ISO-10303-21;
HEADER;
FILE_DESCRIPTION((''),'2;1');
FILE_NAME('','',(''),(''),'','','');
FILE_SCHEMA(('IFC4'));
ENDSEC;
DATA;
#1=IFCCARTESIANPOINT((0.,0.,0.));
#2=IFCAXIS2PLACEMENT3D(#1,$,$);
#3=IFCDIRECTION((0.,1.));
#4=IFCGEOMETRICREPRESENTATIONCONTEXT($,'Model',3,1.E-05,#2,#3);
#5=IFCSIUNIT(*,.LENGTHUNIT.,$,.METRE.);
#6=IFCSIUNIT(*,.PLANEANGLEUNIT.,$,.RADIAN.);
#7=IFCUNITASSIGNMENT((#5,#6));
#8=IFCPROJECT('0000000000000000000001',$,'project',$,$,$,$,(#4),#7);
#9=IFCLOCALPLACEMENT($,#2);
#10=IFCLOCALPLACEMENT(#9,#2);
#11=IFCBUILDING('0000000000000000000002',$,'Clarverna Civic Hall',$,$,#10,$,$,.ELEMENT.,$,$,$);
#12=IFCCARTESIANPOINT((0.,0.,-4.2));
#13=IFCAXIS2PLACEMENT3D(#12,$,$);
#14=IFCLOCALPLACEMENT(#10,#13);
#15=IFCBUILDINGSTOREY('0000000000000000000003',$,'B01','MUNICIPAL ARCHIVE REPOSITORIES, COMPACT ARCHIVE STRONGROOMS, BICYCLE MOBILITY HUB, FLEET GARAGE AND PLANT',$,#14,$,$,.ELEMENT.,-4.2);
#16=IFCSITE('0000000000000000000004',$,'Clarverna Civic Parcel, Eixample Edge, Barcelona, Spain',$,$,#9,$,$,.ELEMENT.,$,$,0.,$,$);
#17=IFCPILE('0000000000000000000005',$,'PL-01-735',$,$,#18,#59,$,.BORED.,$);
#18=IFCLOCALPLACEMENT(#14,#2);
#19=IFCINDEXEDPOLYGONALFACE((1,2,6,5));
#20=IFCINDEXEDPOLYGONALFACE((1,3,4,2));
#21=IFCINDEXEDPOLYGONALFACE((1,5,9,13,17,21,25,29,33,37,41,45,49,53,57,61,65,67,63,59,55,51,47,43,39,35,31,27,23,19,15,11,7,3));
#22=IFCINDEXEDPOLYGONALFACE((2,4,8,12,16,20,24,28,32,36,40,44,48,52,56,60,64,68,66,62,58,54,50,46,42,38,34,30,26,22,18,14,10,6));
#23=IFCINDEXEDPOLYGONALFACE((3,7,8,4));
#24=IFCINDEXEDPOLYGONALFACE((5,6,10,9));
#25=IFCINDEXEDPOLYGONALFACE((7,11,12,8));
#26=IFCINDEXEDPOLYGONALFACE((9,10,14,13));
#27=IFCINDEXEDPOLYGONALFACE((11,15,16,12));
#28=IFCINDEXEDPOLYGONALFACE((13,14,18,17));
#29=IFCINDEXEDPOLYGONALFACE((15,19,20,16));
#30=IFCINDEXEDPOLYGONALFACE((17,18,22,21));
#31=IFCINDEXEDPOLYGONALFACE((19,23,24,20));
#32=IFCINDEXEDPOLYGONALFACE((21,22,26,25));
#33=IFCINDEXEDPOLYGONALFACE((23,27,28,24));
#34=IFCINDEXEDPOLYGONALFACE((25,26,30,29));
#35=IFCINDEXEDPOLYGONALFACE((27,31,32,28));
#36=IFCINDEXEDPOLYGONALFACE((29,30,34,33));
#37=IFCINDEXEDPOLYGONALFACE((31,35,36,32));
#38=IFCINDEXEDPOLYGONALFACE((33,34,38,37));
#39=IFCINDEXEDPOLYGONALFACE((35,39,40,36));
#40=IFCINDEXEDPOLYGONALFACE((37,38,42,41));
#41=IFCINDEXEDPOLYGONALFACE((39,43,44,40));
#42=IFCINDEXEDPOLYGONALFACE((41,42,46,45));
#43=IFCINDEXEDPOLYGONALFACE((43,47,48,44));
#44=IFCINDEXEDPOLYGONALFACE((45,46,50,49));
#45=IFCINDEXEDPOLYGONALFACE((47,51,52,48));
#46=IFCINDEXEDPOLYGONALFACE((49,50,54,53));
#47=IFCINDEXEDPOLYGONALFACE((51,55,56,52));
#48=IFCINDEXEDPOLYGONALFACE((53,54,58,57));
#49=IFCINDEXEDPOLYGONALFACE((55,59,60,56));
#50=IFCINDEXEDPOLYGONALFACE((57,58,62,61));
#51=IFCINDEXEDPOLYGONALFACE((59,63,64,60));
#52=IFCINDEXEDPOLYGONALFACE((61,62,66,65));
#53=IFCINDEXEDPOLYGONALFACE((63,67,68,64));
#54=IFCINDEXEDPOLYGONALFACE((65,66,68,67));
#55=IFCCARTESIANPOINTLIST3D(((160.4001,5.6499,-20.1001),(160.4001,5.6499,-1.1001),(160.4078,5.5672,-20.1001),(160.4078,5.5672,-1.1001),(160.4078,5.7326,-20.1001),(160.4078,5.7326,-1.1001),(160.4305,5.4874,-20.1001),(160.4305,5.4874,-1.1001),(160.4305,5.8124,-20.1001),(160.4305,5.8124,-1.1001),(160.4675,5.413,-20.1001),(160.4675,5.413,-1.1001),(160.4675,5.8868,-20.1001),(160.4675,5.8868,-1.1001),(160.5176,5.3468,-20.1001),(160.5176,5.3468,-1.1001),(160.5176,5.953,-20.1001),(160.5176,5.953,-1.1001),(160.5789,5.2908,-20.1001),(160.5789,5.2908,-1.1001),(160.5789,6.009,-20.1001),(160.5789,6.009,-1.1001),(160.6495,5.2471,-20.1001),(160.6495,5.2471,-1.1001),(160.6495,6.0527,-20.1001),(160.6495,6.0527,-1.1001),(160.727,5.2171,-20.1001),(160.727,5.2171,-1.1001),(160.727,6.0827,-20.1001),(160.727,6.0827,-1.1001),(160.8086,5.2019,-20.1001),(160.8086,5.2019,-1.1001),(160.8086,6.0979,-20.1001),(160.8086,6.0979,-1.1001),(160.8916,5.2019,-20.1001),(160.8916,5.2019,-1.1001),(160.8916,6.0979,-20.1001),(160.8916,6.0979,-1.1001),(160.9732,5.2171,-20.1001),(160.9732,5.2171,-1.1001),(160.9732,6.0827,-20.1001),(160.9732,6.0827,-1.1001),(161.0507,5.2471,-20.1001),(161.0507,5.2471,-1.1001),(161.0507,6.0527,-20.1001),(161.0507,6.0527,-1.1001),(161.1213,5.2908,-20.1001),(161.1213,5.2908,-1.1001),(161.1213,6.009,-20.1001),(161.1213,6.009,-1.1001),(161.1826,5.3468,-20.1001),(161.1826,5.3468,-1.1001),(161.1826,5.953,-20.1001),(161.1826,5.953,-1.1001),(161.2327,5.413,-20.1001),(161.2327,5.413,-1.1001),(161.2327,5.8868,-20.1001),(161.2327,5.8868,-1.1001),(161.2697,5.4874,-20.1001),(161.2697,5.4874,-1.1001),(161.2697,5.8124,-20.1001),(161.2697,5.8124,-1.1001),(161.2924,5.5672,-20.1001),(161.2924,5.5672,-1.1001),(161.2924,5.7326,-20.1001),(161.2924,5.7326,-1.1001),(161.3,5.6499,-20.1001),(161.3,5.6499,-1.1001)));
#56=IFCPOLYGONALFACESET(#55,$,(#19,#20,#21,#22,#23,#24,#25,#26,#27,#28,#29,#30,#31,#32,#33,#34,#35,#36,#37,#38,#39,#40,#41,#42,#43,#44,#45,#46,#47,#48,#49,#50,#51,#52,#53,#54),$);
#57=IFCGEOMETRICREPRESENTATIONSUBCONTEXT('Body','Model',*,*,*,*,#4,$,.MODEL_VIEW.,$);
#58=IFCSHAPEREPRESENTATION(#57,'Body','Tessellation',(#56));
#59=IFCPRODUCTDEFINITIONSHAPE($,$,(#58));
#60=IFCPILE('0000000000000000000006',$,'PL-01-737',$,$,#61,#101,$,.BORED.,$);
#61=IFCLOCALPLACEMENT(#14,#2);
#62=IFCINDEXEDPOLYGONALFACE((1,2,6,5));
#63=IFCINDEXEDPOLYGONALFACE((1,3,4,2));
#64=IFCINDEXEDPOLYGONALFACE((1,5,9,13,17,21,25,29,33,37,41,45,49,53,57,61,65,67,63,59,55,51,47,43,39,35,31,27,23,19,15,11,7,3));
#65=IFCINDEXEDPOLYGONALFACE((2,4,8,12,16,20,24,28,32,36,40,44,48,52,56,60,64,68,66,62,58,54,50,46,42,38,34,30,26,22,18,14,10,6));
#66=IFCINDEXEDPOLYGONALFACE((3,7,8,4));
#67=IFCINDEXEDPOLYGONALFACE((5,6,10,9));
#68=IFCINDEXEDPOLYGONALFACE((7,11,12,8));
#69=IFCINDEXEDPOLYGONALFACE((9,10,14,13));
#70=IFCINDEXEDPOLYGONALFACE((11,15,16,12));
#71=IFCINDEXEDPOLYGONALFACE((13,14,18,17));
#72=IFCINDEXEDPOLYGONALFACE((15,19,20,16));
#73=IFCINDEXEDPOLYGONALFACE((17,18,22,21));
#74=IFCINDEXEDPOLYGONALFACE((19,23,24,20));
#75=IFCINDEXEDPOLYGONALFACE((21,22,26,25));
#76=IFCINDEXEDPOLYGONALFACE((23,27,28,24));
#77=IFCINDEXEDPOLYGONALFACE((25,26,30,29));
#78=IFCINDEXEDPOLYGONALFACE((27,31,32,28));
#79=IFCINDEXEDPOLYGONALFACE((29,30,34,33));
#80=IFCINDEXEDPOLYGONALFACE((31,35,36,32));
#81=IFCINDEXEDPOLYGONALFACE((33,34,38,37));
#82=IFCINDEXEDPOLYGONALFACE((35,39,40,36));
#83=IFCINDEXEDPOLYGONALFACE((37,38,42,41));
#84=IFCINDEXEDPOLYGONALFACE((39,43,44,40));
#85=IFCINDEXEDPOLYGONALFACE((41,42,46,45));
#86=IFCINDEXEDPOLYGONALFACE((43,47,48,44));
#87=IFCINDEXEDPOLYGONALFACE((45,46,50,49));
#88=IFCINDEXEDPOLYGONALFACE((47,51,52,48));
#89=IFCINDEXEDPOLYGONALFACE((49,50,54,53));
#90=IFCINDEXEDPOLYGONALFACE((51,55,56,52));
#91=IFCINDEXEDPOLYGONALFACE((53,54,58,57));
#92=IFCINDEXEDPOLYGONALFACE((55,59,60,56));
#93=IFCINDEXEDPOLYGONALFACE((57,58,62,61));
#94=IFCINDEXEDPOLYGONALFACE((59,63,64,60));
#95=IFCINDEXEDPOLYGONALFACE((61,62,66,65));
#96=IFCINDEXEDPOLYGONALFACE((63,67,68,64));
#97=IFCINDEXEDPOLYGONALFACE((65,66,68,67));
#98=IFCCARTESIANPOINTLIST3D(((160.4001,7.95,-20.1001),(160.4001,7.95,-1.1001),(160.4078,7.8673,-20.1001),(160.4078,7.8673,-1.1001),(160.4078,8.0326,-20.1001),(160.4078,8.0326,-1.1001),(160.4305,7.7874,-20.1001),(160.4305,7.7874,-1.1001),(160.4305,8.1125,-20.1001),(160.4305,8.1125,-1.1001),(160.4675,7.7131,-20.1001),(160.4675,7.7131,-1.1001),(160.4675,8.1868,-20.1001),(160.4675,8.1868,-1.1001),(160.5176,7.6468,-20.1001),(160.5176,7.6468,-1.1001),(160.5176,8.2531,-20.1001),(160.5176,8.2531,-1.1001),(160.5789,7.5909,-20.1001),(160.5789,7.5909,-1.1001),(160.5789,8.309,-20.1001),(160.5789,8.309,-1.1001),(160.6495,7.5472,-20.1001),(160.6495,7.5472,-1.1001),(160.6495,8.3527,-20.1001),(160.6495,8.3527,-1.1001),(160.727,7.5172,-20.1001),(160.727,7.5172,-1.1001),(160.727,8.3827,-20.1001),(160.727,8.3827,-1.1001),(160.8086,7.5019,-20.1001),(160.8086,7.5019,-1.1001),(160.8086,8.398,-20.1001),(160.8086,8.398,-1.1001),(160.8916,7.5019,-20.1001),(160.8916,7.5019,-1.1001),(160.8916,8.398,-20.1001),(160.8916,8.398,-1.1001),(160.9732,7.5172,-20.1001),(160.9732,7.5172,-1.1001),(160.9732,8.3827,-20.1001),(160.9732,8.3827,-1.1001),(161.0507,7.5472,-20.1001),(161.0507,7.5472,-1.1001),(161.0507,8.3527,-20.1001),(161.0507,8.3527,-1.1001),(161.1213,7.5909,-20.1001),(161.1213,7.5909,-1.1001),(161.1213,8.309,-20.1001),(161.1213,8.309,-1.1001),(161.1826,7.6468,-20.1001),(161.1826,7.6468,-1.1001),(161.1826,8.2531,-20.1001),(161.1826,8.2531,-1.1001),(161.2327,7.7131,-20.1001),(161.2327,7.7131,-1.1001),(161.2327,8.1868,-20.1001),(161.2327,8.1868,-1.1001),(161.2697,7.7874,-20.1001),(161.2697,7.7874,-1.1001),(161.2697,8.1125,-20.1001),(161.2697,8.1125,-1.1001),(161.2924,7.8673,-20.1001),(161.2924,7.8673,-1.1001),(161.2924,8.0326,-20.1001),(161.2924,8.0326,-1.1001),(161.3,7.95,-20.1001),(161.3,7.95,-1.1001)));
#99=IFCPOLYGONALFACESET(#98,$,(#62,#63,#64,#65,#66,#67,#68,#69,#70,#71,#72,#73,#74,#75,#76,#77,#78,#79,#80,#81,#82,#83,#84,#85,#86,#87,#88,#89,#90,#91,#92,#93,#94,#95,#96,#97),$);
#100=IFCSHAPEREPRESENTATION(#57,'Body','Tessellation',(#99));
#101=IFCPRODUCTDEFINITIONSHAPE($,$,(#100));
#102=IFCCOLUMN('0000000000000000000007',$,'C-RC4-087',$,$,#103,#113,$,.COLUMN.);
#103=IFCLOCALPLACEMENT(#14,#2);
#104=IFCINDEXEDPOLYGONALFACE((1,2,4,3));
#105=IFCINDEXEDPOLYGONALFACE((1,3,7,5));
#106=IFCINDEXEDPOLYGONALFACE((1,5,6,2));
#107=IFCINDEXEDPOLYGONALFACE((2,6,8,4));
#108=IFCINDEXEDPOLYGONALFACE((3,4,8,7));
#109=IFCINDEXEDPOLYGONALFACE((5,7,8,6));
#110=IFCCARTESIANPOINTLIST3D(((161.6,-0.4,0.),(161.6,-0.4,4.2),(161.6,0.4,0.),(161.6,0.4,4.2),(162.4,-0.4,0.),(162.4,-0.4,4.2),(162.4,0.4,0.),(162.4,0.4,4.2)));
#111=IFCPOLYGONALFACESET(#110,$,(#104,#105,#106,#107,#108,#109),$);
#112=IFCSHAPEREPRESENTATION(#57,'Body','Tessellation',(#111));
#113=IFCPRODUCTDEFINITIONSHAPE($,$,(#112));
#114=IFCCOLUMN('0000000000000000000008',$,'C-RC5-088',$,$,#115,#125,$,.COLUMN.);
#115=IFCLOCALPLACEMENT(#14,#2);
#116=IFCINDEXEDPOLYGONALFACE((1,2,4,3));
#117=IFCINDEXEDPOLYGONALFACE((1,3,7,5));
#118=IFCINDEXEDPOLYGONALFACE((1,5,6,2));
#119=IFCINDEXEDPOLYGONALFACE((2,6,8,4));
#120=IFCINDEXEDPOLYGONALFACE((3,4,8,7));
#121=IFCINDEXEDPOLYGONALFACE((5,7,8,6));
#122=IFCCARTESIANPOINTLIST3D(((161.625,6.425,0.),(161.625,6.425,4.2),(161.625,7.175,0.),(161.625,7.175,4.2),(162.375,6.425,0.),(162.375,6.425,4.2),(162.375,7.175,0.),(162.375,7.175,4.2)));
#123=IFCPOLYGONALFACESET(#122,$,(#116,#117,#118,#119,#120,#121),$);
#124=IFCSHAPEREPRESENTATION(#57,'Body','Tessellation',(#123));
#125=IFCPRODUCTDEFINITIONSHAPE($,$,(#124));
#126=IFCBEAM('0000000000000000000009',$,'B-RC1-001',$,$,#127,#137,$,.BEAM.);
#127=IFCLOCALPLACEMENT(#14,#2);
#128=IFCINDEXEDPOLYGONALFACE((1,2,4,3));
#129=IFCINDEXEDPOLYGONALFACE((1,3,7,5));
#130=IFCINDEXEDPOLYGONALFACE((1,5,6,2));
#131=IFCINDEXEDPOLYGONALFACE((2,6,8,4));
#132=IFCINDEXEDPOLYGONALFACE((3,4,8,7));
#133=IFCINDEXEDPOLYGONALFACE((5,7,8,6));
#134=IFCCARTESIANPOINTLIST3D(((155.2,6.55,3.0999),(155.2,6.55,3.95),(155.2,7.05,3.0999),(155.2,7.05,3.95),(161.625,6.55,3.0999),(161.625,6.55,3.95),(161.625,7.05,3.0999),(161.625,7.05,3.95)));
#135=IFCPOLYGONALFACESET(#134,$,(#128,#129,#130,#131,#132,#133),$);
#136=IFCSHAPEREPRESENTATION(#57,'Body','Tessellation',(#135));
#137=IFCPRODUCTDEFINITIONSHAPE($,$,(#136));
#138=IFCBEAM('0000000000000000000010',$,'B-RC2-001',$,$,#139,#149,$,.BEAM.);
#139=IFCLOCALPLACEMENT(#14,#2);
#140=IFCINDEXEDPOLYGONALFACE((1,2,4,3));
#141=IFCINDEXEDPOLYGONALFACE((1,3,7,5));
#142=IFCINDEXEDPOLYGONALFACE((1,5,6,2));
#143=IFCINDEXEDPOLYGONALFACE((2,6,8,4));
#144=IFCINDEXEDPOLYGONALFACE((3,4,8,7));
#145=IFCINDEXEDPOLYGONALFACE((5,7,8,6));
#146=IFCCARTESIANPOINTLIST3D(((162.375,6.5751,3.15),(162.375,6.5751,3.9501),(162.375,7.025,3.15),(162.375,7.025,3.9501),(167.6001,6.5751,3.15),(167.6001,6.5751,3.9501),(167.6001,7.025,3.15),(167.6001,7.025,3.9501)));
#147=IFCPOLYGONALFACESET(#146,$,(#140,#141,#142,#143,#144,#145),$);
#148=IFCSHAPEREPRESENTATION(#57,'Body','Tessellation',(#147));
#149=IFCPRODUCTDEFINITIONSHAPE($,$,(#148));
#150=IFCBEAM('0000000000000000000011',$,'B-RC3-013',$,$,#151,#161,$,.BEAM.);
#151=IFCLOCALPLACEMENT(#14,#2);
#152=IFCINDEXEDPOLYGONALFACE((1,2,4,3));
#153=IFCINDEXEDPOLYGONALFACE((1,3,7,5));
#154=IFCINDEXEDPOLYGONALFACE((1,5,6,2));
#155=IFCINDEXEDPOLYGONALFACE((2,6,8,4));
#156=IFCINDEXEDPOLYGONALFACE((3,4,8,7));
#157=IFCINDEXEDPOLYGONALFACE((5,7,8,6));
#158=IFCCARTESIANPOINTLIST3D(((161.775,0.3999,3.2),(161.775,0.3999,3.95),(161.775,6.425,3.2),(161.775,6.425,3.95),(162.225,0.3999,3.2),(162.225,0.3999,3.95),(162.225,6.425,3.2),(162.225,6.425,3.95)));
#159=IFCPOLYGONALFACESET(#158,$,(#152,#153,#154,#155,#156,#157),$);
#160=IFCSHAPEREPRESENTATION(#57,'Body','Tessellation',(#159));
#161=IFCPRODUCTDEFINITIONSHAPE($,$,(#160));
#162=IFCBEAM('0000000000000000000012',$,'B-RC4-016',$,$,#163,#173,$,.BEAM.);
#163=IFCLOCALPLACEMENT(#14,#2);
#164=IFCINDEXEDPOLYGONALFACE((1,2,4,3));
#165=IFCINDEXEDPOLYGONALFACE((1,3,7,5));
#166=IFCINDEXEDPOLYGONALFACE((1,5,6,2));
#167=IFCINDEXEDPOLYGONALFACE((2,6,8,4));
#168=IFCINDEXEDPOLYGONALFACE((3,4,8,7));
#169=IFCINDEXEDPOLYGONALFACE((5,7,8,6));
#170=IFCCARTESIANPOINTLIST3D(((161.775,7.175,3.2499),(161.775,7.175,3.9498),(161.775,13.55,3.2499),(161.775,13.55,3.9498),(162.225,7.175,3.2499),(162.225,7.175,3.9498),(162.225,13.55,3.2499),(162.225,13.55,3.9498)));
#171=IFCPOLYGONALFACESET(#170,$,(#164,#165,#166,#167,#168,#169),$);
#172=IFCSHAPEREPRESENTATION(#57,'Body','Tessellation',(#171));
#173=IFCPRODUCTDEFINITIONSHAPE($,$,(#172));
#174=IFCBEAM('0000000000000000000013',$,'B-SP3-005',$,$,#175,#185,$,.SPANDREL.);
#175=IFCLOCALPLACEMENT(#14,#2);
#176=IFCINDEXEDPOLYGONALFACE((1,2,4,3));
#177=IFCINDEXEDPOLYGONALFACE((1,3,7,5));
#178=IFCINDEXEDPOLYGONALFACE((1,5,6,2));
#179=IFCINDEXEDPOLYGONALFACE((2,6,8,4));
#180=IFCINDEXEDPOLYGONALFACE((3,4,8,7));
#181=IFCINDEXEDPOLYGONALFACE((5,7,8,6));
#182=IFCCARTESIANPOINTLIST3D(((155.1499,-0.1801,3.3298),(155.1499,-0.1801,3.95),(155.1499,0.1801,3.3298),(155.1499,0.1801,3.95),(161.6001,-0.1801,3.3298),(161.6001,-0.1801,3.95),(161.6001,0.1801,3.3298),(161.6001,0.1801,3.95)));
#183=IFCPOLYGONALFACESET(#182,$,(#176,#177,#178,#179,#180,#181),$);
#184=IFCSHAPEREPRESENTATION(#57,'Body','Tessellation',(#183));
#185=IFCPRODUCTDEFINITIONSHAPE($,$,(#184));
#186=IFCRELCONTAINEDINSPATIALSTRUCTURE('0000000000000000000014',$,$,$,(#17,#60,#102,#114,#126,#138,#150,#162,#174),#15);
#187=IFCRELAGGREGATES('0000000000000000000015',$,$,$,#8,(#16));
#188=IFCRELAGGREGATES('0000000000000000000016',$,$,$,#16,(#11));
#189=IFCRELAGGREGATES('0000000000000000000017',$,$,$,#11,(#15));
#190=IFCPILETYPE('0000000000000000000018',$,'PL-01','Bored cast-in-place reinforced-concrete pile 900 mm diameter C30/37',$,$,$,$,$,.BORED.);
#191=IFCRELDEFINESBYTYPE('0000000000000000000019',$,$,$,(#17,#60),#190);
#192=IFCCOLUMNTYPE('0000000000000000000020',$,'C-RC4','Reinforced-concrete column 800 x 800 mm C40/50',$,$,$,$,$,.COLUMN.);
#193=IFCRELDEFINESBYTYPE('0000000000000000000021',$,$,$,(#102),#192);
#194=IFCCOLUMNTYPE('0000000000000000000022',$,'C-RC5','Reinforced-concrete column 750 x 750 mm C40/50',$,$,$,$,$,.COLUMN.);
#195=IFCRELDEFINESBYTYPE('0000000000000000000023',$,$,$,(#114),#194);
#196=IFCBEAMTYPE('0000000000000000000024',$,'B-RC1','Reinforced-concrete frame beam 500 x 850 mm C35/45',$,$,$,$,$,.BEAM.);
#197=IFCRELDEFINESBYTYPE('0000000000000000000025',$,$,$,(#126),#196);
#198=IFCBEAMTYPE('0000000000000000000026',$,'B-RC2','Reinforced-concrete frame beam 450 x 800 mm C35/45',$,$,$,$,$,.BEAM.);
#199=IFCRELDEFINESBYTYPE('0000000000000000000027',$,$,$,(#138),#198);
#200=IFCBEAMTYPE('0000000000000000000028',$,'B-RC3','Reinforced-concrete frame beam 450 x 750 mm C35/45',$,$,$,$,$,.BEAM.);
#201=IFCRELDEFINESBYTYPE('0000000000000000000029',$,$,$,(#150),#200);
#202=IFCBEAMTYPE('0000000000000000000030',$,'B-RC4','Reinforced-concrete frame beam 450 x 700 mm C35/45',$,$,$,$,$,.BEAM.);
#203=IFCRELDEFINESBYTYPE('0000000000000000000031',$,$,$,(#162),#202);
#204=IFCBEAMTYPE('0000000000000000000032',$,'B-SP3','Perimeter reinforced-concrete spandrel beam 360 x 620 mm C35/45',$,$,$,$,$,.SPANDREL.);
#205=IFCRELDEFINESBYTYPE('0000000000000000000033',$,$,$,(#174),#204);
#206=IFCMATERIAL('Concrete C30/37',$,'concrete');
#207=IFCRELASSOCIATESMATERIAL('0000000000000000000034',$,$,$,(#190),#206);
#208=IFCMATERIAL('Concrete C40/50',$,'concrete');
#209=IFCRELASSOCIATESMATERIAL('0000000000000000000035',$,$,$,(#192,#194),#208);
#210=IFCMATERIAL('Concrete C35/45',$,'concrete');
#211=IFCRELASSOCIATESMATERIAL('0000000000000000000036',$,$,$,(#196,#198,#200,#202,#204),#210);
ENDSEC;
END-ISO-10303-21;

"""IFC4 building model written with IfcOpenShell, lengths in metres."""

from ifc_helpers import new_model, si_unit, direction, frame, origin, origin_2d, place, context, subcontext, project, spatial, rectangle, circle, extrude, material, material_profile, profile_set, type_object, element, save


model = new_model("IFC4")

# Units and contexts
model_context = context("Model", 3, precision=1e-05, world=origin(), true_north=direction((0.0, 1.0)))
body_context = subcontext(model_context, "Body", "Model", "MODEL_VIEW")
ifc_project = project(units=[si_unit("LENGTHUNIT", "METRE"), si_unit("PLANEANGLEUNIT", "RADIAN")], contexts=[model_context])

# Site, building, storey
site_placement = place(None, origin())
site = spatial("IfcSite", under=ifc_project, at=site_placement, Name="Clarverna Civic Parcel, Eixample Edge, Barcelona, Spain", CompositionType="ELEMENT", RefElevation=0.0)
building_placement = place(site_placement, origin())
building = spatial("IfcBuilding", under=site, at=building_placement, Name="Clarverna Civic Hall", CompositionType="ELEMENT")
storey_placement = place(building_placement, frame((0.0, 0.0, -4.2)))
storey = spatial("IfcBuildingStorey", under=building, at=storey_placement, Name="B01", Description="MUNICIPAL ARCHIVE REPOSITORIES, COMPACT ARCHIVE STRONGROOMS, BICYCLE MOBILITY HUB, FLEET GARAGE AND PLANT", CompositionType="ELEMENT", Elevation=-4.2)

# Shared definitions
ifc_material_1 = material(Name="Concrete C30/37", Category="concrete")

# Piles
ifc_material_profile_1 = material_profile(ifc_material_1, circle(Radius=0.45, at=origin_2d()), Name="BORED PILE D900")
ifc_profile_set_1 = profile_set([ifc_material_profile_1], Name="Concrete C30/37")
pile_type = type_object("IfcPileType", Name="PL-01", Description="Bored cast-in-place reinforced-concrete pile 900 mm diameter C30/37", PredefinedType="BORED", material=ifc_profile_set_1)
for number, where, z_axis, x_axis, name in (
    (1, (160.8501, 5.6499, -1.1001), (0.0, 0.0, -1.0), (1.0, 0.0, 0.0), "PL-01-735"),
    (2, (160.8501, 7.95, -1.1001), (0.0, 0.0, -1.0), (1.0, 0.0, 0.0), "PL-01-737"),
):
    element("IfcPile", number, at=place(storey_placement, frame(where, z_axis=z_axis, x_axis=x_axis)), inside=storey, type_object=pile_type, Name=name, PredefinedType="BORED", context=body_context, shape_type="SweptSolid", body=[
        extrude(circle(Radius=0.45, at=origin_2d()), origin(), (0.0, 0.0, 1.0), 19.0),
    ])

# Columns
ifc_material_2 = material(Name="Concrete C40/50", Category="concrete")
ifc_material_profile_2 = material_profile(ifc_material_2, rectangle(XDim=0.8, YDim=0.8, at=origin_2d()), Name="RC 800x800")
ifc_profile_set_2 = profile_set([ifc_material_profile_2], Name="Concrete C40/50")
column_type_1 = type_object("IfcColumnType", Name="C-RC4", Description="Reinforced-concrete column 800 x 800 mm C40/50", PredefinedType="COLUMN", material=ifc_profile_set_2)
column_1_placement = place(storey_placement, frame((162.0, 0.0, 0.0), z_axis=(0.0, 0.0, 1.0), x_axis=(1.0, 0.0, 0.0)))
element("IfcColumn", 3, at=column_1_placement, inside=storey, type_object=column_type_1, Name="C-RC4-087", PredefinedType="COLUMN", context=body_context, shape_type="SweptSolid", body=[
    extrude(rectangle(XDim=0.8, YDim=0.8, at=origin_2d()), origin(), (0.0, 0.0, 1.0), 4.2),
])
ifc_material_profile_3 = material_profile(ifc_material_2, rectangle(XDim=0.75, YDim=0.75, at=origin_2d()), Name="RC 750x750")
ifc_profile_set_3 = profile_set([ifc_material_profile_3], Name="Concrete C40/50")
column_type_2 = type_object("IfcColumnType", Name="C-RC5", Description="Reinforced-concrete column 750 x 750 mm C40/50", PredefinedType="COLUMN", material=ifc_profile_set_3)
column_2_placement = place(storey_placement, frame((162.0, 6.8, 0.0), z_axis=(0.0, 0.0, 1.0), x_axis=(1.0, 0.0, 0.0)))
element("IfcColumn", 4, at=column_2_placement, inside=storey, type_object=column_type_2, Name="C-RC5-088", PredefinedType="COLUMN", context=body_context, shape_type="SweptSolid", body=[
    extrude(rectangle(XDim=0.75, YDim=0.75, at=origin_2d()), origin(), (0.0, 0.0, 1.0), 4.2),
])

# Beams
ifc_material_3 = material(Name="Concrete C35/45", Category="concrete")
ifc_material_profile_4 = material_profile(ifc_material_3, rectangle(XDim=0.5, YDim=0.8501, at=origin_2d()), Name="RC 500x850")
ifc_profile_set_4 = profile_set([ifc_material_profile_4], Name="Concrete C35/45")
beam_type_1 = type_object("IfcBeamType", Name="B-RC1", Description="Reinforced-concrete frame beam 500 x 850 mm C35/45", PredefinedType="BEAM", material=ifc_profile_set_4)
beam_1_placement = place(storey_placement, frame((155.2, 6.8, 3.5249), z_axis=(1.0, 0.0, 0.0), x_axis=(0.0, 1.0, 0.0)))
element("IfcBeam", 5, at=beam_1_placement, inside=storey, type_object=beam_type_1, Name="B-RC1-001", PredefinedType="BEAM", context=body_context, shape_type="SweptSolid", body=[
    extrude(rectangle(XDim=0.5, YDim=0.8501, at=origin_2d()), origin(), (0.0, 0.0, 1.0), 6.425),
])
ifc_material_profile_5 = material_profile(ifc_material_3, rectangle(XDim=0.45, YDim=0.8, at=origin_2d()), Name="RC 450x800")
ifc_profile_set_5 = profile_set([ifc_material_profile_5], Name="Concrete C35/45")
beam_type_2 = type_object("IfcBeamType", Name="B-RC2", Description="Reinforced-concrete frame beam 450 x 800 mm C35/45", PredefinedType="BEAM", material=ifc_profile_set_5)
beam_2_placement = place(storey_placement, frame((162.375, 6.8, 3.55), z_axis=(1.0, 0.0, 0.0), x_axis=(0.0, 1.0, 0.0)))
element("IfcBeam", 6, at=beam_2_placement, inside=storey, type_object=beam_type_2, Name="B-RC2-001", PredefinedType="BEAM", context=body_context, shape_type="SweptSolid", body=[
    extrude(rectangle(XDim=0.45, YDim=0.8, at=origin_2d()), origin(), (0.0, 0.0, 1.0), 5.2251),
])
ifc_material_profile_6 = material_profile(ifc_material_3, rectangle(XDim=0.45, YDim=0.75, at=origin_2d()), Name="RC 450x750")
ifc_profile_set_6 = profile_set([ifc_material_profile_6], Name="Concrete C35/45")
beam_type_3 = type_object("IfcBeamType", Name="B-RC3", Description="Reinforced-concrete frame beam 450 x 750 mm C35/45", PredefinedType="BEAM", material=ifc_profile_set_6)
beam_3_placement = place(storey_placement, frame((162.0, 0.3999, 3.575), z_axis=(0.0, 1.0, 0.0), x_axis=(-1.0, 0.0, 0.0)))
element("IfcBeam", 7, at=beam_3_placement, inside=storey, type_object=beam_type_3, Name="B-RC3-013", PredefinedType="BEAM", context=body_context, shape_type="SweptSolid", body=[
    extrude(rectangle(XDim=0.45, YDim=0.75, at=origin_2d()), origin(), (0.0, 0.0, 1.0), 6.0251),
])
ifc_material_profile_7 = material_profile(ifc_material_3, rectangle(XDim=0.45, YDim=0.7, at=origin_2d()), Name="RC 450x700")
ifc_profile_set_7 = profile_set([ifc_material_profile_7], Name="Concrete C35/45")
beam_type_4 = type_object("IfcBeamType", Name="B-RC4", Description="Reinforced-concrete frame beam 450 x 700 mm C35/45", PredefinedType="BEAM", material=ifc_profile_set_7)
beam_4_placement = place(storey_placement, frame((162.0, 7.175, 3.5999), z_axis=(0.0, 1.0, 0.0), x_axis=(-1.0, 0.0, 0.0)))
element("IfcBeam", 8, at=beam_4_placement, inside=storey, type_object=beam_type_4, Name="B-RC4-016", PredefinedType="BEAM", context=body_context, shape_type="SweptSolid", body=[
    extrude(rectangle(XDim=0.45, YDim=0.7, at=origin_2d()), origin(), (0.0, 0.0, 1.0), 6.375),
])
ifc_material_profile_8 = material_profile(ifc_material_3, rectangle(XDim=0.3601, YDim=0.6201, at=origin_2d()), Name="RC 360x620")
ifc_profile_set_8 = profile_set([ifc_material_profile_8], Name="Concrete C35/45")
beam_type_5 = type_object("IfcBeamType", Name="B-SP3", Description="Perimeter reinforced-concrete spandrel beam 360 x 620 mm C35/45", PredefinedType="SPANDREL", material=ifc_profile_set_8)
beam_5_placement = place(storey_placement, frame((155.1499, 0.0, 3.6399), z_axis=(1.0, 0.0, 0.0), x_axis=(0.0, 1.0, 0.0)))
element("IfcBeam", 9, at=beam_5_placement, inside=storey, type_object=beam_type_5, Name="B-SP3-005", PredefinedType="SPANDREL", context=body_context, shape_type="SweptSolid", body=[
    extrude(rectangle(XDim=0.3601, YDim=0.6201, at=origin_2d()), origin(), (0.0, 0.0, 1.0), 6.4502),
])

save(model, "model.ifc")
